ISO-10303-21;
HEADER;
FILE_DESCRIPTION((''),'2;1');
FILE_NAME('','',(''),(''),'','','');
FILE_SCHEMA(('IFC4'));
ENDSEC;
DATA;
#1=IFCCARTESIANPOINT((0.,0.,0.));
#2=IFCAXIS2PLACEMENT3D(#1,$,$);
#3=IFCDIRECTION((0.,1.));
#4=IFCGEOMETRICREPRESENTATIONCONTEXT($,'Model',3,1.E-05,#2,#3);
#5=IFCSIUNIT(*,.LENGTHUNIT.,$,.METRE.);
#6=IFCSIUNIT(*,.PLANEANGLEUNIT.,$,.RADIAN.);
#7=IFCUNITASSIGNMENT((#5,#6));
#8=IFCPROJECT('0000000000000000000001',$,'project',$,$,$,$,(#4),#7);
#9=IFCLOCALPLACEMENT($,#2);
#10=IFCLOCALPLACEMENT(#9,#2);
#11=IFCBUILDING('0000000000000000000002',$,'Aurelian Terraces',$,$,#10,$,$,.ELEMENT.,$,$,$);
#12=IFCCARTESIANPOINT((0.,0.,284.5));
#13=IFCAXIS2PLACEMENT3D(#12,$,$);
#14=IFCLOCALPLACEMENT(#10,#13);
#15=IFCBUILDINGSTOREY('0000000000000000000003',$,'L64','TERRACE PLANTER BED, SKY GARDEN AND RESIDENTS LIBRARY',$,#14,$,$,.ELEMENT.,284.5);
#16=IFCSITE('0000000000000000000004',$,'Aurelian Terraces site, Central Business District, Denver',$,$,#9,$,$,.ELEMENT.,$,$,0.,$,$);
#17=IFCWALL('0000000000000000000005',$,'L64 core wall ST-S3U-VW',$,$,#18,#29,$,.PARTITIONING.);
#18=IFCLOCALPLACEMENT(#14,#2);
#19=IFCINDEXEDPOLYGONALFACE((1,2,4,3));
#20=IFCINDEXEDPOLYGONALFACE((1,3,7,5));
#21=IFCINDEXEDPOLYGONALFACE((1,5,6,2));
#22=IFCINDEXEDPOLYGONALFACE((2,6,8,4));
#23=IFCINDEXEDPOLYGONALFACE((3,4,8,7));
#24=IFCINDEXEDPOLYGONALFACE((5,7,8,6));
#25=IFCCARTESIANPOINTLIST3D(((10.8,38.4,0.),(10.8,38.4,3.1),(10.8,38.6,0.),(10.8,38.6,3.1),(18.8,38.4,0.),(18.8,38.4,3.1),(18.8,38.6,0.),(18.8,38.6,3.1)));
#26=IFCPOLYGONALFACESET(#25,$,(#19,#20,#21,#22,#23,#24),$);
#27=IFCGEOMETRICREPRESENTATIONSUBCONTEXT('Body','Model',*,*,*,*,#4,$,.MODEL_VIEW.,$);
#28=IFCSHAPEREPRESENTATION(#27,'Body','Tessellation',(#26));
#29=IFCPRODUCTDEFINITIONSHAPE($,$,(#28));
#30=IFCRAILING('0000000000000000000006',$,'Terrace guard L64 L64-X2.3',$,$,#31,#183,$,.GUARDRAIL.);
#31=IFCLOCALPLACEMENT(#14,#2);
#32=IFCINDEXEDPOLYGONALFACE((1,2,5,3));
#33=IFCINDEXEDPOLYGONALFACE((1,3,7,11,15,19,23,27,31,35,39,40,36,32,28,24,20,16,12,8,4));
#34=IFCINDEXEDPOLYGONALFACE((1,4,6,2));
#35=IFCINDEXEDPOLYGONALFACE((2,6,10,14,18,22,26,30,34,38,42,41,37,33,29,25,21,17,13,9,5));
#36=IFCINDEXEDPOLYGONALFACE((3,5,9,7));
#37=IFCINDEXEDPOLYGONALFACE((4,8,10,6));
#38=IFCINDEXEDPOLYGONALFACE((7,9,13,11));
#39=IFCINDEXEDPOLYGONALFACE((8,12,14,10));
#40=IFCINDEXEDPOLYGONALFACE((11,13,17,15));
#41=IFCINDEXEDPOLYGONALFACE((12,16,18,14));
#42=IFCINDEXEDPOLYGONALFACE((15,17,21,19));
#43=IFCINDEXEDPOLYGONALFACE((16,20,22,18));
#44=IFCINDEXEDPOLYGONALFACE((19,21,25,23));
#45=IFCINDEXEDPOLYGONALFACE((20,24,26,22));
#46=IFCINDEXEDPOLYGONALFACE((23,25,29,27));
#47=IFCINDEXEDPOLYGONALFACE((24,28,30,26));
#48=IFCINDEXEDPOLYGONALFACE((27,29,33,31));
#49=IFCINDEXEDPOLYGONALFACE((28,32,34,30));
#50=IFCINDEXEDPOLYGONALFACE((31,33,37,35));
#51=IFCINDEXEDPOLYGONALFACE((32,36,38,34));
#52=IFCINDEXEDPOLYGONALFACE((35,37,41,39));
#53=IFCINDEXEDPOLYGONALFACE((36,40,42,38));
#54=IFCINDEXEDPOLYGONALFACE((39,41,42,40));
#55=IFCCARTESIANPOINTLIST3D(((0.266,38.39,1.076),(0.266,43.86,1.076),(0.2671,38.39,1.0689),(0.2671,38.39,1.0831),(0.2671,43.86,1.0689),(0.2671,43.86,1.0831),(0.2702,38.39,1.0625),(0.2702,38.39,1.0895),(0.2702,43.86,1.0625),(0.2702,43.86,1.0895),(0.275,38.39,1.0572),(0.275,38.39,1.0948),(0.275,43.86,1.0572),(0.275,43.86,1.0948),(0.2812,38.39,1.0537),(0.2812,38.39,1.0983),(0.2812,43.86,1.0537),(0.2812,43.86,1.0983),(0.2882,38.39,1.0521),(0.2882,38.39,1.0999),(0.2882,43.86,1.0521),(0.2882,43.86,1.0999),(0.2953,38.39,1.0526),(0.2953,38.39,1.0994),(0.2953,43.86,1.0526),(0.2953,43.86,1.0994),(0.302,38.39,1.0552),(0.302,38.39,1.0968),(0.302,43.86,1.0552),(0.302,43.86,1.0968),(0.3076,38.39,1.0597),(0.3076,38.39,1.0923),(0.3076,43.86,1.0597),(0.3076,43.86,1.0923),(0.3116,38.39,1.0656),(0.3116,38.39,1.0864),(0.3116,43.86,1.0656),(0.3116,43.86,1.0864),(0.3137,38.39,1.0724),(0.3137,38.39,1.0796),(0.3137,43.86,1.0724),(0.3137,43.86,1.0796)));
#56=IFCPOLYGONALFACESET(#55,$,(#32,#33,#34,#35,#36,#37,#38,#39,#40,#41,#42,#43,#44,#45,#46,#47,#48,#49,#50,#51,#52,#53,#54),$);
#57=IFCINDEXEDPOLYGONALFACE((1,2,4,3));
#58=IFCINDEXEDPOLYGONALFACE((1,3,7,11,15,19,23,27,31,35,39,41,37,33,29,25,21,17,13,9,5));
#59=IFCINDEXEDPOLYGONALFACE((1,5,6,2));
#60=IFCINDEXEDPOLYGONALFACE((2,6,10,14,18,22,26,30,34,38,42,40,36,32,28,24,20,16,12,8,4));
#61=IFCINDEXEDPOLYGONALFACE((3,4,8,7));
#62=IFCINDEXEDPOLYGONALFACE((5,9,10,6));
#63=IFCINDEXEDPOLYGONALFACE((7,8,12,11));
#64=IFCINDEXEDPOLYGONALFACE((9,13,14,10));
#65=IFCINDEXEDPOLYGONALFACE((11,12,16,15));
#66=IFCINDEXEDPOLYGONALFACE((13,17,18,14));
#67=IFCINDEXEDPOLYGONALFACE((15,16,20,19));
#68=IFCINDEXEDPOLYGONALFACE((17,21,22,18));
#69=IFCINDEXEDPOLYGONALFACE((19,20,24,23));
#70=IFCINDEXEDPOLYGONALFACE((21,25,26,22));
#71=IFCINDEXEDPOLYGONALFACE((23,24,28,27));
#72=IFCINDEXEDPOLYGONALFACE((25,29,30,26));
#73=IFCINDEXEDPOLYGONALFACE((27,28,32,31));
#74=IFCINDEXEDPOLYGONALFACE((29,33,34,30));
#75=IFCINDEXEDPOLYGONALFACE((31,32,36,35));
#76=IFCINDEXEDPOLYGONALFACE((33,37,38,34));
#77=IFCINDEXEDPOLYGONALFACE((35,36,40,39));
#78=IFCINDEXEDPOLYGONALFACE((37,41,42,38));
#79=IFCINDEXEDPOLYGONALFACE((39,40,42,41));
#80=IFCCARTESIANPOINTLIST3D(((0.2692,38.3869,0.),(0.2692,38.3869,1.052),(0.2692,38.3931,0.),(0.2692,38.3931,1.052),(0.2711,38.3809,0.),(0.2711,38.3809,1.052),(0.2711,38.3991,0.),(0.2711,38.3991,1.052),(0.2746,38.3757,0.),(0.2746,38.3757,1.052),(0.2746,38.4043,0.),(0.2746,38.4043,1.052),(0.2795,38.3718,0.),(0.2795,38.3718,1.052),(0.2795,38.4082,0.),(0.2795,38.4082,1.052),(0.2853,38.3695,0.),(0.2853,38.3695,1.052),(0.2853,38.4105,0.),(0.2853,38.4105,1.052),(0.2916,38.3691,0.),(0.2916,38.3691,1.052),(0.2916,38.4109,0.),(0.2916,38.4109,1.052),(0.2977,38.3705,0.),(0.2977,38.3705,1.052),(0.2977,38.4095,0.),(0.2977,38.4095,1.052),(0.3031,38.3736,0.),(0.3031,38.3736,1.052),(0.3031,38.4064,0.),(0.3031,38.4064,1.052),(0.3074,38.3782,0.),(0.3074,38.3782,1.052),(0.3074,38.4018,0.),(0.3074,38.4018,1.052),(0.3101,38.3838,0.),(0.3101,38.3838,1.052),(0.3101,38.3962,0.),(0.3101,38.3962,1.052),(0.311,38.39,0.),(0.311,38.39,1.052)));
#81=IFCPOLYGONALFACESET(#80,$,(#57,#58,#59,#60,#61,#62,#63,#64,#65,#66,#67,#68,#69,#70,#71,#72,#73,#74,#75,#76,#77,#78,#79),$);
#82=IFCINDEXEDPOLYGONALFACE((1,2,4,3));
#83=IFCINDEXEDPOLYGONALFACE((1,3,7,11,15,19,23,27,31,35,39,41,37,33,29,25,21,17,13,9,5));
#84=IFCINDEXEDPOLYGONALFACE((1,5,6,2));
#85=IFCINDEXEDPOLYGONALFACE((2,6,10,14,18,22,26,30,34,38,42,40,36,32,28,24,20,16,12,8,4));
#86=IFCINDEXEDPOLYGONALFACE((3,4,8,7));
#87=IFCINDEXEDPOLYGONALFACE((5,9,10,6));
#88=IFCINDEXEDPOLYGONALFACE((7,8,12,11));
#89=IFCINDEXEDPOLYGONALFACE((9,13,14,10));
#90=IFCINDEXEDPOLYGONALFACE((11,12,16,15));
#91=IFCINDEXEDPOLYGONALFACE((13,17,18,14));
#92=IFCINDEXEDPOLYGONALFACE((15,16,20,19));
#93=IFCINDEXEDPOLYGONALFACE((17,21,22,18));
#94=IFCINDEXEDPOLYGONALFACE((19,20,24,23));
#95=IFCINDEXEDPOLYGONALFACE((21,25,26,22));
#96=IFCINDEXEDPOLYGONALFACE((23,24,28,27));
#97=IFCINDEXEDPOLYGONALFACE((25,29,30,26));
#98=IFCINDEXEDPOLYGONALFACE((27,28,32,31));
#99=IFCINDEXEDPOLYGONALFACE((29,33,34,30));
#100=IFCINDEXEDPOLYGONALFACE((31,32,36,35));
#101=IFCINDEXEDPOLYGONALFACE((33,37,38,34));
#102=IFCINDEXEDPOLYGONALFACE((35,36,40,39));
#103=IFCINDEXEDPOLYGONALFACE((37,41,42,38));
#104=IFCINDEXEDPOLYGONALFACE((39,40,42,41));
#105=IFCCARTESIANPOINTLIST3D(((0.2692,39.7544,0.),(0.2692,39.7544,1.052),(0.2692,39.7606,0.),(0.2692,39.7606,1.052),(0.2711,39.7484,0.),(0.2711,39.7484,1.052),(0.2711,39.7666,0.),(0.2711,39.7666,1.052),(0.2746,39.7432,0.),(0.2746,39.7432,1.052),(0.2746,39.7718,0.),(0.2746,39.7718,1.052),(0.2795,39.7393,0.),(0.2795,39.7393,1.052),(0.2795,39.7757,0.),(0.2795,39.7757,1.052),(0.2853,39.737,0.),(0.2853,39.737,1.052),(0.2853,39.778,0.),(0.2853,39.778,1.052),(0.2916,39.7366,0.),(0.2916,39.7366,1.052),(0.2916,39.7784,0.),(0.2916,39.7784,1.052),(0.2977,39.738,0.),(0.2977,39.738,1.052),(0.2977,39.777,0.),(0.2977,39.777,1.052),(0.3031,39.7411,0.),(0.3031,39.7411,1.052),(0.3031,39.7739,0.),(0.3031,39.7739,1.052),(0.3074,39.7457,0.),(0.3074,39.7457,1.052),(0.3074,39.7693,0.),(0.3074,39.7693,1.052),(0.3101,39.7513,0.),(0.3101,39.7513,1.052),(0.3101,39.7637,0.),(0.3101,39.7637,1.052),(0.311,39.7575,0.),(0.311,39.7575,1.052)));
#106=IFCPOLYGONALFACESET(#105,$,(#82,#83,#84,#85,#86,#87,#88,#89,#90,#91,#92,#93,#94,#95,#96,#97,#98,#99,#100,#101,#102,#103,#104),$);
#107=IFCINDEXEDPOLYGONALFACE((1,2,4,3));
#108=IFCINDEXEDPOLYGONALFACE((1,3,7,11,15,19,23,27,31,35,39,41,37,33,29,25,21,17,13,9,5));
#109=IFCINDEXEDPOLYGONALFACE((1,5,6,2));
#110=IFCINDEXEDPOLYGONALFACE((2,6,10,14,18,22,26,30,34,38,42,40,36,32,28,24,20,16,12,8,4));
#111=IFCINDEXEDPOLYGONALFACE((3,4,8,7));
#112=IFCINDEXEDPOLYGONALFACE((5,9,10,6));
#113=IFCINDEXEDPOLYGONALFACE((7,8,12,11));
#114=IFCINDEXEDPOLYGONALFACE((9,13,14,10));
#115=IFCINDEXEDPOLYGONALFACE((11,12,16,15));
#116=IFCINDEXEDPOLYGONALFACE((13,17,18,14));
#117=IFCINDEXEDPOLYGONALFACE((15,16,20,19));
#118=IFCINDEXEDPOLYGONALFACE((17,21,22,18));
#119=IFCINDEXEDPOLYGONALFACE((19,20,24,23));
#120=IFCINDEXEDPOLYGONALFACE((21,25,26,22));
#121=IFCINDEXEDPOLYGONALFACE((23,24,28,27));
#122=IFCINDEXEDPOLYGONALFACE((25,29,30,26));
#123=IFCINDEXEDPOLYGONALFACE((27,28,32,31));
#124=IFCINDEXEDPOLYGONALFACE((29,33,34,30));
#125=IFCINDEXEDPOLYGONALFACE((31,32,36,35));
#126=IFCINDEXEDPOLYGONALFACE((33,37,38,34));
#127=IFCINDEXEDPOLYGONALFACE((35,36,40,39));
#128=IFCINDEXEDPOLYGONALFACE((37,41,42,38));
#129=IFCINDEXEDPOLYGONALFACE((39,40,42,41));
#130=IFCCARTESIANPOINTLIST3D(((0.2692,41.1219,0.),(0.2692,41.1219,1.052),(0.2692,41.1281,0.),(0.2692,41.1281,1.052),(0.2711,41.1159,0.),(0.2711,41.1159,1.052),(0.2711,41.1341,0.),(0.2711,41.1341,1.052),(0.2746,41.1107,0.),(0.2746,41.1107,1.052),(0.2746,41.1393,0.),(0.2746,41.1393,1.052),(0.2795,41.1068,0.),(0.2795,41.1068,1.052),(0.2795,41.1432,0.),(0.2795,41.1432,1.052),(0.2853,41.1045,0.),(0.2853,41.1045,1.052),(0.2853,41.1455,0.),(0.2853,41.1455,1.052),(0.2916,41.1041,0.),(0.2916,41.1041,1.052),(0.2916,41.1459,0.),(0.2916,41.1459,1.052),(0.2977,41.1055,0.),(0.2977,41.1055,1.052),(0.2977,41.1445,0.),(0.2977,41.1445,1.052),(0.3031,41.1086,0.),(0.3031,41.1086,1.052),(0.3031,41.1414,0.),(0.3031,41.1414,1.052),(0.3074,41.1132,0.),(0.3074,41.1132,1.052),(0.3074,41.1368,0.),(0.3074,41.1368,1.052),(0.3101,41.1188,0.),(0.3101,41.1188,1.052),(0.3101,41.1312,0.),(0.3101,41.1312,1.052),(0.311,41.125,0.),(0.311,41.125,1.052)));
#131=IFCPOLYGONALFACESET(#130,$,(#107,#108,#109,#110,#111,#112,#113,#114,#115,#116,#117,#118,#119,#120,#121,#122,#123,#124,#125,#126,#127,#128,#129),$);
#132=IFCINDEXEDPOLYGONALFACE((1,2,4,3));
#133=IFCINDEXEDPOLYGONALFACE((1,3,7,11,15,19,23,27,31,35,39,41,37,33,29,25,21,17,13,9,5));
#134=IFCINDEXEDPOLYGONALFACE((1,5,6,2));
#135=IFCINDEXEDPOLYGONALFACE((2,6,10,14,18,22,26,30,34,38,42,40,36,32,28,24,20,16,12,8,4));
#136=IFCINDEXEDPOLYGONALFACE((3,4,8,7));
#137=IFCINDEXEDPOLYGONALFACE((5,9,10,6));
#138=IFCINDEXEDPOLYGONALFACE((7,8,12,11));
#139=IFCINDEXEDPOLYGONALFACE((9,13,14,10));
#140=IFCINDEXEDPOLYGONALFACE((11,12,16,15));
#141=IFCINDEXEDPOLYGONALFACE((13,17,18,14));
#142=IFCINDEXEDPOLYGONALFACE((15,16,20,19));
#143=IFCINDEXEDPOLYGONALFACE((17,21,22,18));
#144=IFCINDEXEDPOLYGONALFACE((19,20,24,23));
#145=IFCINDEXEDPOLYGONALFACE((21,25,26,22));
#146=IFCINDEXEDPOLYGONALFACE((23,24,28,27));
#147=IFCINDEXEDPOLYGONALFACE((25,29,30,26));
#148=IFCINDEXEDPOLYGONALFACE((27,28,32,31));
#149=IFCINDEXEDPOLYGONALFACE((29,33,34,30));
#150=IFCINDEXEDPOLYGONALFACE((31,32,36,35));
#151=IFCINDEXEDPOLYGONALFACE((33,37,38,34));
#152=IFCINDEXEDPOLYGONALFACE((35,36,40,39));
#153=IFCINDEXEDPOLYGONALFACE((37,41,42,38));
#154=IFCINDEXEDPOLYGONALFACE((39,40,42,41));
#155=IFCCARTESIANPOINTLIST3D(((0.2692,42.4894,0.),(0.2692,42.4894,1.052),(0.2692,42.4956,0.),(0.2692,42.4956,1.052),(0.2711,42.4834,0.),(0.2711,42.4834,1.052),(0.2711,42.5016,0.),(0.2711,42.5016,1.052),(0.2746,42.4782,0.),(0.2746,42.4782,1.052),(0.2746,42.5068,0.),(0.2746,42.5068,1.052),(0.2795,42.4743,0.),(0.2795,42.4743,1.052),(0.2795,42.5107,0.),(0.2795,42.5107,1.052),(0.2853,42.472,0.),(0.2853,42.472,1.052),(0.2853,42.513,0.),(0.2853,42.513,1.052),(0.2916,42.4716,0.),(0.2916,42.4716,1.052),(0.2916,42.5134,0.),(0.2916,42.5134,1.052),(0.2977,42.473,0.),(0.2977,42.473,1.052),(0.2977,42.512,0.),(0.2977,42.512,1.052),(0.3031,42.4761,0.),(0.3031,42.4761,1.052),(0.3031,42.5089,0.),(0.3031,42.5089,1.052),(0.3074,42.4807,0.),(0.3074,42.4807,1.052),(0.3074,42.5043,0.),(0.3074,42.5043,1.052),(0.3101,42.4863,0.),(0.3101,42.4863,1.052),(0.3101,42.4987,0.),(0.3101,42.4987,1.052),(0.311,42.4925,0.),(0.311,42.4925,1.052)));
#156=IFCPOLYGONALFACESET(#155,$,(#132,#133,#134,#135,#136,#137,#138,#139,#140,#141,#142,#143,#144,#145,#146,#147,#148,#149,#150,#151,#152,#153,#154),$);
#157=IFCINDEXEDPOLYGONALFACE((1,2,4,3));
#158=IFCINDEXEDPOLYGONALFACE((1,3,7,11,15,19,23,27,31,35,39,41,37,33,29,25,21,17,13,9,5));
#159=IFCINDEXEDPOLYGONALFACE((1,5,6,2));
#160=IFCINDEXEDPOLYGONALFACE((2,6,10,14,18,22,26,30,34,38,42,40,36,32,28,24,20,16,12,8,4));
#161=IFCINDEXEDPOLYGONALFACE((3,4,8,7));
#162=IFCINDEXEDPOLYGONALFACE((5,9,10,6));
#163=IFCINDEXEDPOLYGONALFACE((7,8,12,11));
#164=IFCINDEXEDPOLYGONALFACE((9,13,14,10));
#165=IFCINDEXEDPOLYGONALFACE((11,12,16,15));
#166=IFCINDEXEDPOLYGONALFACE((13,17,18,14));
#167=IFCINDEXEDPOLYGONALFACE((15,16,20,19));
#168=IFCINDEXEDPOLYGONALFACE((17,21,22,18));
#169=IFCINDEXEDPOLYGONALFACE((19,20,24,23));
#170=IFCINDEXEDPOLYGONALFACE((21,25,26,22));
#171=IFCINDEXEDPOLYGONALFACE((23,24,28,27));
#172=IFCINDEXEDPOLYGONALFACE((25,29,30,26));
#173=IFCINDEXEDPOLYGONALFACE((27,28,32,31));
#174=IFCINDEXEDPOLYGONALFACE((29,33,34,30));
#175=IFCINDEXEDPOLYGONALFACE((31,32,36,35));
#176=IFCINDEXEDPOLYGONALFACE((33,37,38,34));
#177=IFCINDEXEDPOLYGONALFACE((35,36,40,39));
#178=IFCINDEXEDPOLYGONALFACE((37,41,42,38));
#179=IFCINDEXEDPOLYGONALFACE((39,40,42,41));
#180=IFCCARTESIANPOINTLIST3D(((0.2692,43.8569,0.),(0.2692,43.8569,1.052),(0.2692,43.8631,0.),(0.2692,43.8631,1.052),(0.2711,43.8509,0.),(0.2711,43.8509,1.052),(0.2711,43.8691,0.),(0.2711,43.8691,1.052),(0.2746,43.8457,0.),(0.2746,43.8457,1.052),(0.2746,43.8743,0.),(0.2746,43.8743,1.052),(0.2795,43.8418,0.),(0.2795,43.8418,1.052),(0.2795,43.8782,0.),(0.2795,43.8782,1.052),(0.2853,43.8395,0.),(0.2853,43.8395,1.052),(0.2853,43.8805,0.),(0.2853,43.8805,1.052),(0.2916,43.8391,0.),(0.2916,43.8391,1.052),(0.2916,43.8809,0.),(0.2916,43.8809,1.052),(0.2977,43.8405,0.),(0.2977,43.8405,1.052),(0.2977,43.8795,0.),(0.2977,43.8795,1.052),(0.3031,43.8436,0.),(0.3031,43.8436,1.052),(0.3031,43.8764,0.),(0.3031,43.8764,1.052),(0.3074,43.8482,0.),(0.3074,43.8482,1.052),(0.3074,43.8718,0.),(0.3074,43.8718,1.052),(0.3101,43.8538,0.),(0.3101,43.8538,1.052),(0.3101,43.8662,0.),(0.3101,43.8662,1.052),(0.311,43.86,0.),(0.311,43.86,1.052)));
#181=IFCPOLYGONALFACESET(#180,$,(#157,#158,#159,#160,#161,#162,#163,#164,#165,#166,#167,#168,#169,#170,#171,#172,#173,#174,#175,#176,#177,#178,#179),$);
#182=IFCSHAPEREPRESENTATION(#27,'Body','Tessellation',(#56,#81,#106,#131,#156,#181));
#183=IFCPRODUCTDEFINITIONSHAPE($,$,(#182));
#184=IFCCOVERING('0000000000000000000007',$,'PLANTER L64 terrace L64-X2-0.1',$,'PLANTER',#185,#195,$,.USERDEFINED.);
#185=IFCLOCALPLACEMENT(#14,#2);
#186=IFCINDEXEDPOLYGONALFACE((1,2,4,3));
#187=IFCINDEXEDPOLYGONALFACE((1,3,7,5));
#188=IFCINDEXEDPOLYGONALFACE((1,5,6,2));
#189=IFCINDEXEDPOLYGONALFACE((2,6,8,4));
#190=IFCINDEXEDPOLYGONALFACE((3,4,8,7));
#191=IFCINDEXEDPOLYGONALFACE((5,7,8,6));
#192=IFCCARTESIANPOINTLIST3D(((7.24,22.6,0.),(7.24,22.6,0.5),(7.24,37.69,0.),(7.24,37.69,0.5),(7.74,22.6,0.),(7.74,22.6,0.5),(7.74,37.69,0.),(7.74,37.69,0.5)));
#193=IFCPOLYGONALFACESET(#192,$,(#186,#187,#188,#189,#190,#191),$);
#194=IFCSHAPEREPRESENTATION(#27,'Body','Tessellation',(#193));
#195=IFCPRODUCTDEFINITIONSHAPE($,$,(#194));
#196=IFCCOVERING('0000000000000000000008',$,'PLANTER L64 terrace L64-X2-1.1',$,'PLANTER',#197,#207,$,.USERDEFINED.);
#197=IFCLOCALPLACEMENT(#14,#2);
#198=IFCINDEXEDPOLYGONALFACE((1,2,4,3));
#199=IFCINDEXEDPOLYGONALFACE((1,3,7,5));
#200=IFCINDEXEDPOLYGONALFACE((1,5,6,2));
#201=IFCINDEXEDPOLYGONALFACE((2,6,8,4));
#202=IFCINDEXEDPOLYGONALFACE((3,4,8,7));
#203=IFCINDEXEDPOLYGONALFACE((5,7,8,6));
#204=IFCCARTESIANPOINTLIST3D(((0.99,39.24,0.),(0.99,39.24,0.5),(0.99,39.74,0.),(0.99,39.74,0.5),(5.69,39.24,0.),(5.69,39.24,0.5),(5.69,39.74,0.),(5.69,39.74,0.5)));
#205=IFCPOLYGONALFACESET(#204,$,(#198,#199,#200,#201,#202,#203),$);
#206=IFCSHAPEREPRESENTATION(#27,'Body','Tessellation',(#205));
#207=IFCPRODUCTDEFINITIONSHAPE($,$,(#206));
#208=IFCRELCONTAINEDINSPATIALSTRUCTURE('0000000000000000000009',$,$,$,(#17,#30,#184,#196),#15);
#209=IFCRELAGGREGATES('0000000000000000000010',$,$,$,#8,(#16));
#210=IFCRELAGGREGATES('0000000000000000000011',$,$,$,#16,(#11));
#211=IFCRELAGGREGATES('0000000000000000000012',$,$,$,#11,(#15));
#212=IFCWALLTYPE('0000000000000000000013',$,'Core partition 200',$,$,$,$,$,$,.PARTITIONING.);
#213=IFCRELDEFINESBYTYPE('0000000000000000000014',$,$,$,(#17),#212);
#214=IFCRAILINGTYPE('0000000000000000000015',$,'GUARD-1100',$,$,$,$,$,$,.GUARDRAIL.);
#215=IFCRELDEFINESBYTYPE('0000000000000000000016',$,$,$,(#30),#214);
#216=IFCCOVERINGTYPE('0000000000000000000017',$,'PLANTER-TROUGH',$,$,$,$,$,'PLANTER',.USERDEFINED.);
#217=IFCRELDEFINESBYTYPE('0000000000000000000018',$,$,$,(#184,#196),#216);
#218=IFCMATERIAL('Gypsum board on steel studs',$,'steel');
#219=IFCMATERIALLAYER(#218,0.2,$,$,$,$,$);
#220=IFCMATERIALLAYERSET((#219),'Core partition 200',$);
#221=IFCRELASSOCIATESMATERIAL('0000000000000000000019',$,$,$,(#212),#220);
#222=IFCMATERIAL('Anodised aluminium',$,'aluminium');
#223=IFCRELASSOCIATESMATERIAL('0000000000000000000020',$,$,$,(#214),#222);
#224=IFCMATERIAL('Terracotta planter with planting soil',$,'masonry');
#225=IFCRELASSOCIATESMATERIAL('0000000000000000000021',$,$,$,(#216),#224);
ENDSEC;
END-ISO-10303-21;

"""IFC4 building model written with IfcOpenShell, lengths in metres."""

from ifc_helpers import new_model, si_unit, direction, frame, frame_2d, origin, origin_2d, place, context, subcontext, project, spatial, rectangle, circle, extrude, source, transform, mapped, material, layer, layer_set, type_object, element, save


model = new_model("IFC4")

# Units and contexts
model_context = context("Model", 3, precision=1e-05, world=origin(), true_north=direction((0.0, 1.0)))
body_context = subcontext(model_context, "Body", "Model", "MODEL_VIEW")
ifc_project = project(units=[si_unit("LENGTHUNIT", "METRE"), si_unit("PLANEANGLEUNIT", "RADIAN")], contexts=[model_context])

# Site, building, storey
site_placement = place(None, origin())
site = spatial("IfcSite", under=ifc_project, at=site_placement, Name="Aurelian Terraces site, Central Business District, Denver", CompositionType="ELEMENT", RefElevation=0.0)
building_placement = place(site_placement, origin())
building = spatial("IfcBuilding", under=site, at=building_placement, Name="Aurelian Terraces", CompositionType="ELEMENT")
storey_placement = place(building_placement, frame((0.0, 0.0, 284.5)))
storey = spatial("IfcBuildingStorey", under=building, at=storey_placement, Name="L64", Description="TERRACE PLANTER BED, SKY GARDEN AND RESIDENTS LIBRARY", CompositionType="ELEMENT", Elevation=284.5)

# Wall
ifc_material_1 = material(Name="Gypsum board on steel studs", Category="steel")
ifc_layer_1 = layer(ifc_material_1, 0.2)
ifc_layer_set_1 = layer_set([ifc_layer_1], Name="Core partition 200")
wall_type_1 = type_object("IfcWallType", Name="Core partition 200", PredefinedType="PARTITIONING", material=ifc_layer_set_1)
shared_shape_1 = source(origin(), body_context, "Body", "SweptSolid", [
    extrude(rectangle(XDim=8.0, YDim=0.2, at=frame_2d((4.0, 0.0))), origin(), (0.0, 0.0, 1.0), 3.1),
])
wall_1_placement = place(storey_placement, frame((10.8, 38.5, 0.0), z_axis=(0.0, 0.0, 1.0), x_axis=(1.0, 0.0, 0.0)))
element("IfcWall", 1, at=wall_1_placement, inside=storey, type_object=wall_type_1, Name="L64 core wall ST-S3U-VW", PredefinedType="PARTITIONING", context=body_context, shape_type="MappedRepresentation", body=[
    mapped(shared_shape_1, transform((0.0, 0.0, 0.0), scale=1.0)),
])

# Railing
ifc_material_2 = material(Name="Anodised aluminium", Category="aluminium")
railing_type = type_object("IfcRailingType", Name="GUARD-1100", PredefinedType="GUARDRAIL", material=ifc_material_2)
railing_1_placement = place(storey_placement, frame((0.29, 38.39, 0.0)))
element("IfcRailing", 2, at=railing_1_placement, inside=storey, type_object=railing_type, Name="Terrace guard L64 L64-X2.3", PredefinedType="GUARDRAIL", context=body_context, shape_type="SweptSolid", body=[
    extrude(circle(Radius=0.024, at=origin_2d()), frame((0.0, 0.0, 1.076), z_axis=(0.0, 1.0, 0.0), x_axis=(-1.0, 0.0, 0.0)), (0.0, 0.0, 1.0), 5.47),
    extrude(circle(Radius=0.021, at=origin_2d()), origin(), (0.0, 0.0, 1.0), 1.052),
    extrude(circle(Radius=0.021, at=origin_2d()), frame((0.0, 1.3675, 0.0)), (0.0, 0.0, 1.0), 1.052),
    extrude(circle(Radius=0.021, at=origin_2d()), frame((0.0, 2.735, 0.0)), (0.0, 0.0, 1.0), 1.052),
    extrude(circle(Radius=0.021, at=origin_2d()), frame((0.0, 4.1025, 0.0)), (0.0, 0.0, 1.0), 1.052),
    extrude(circle(Radius=0.021, at=origin_2d()), frame((0.0, 5.47, 0.0)), (0.0, 0.0, 1.0), 1.052),
])

# Coverings
ifc_material_3 = material(Name="Terracotta planter with planting soil", Category="masonry")
covering_type_1 = type_object("IfcCoveringType", Name="PLANTER-TROUGH", ElementType="PLANTER", PredefinedType="USERDEFINED", material=ifc_material_3)
covering_1_placement = place(storey_placement, frame((7.49, 30.145, 0.0), z_axis=(0.0, 0.0, 1.0), x_axis=(1.0, 0.0, 0.0)))
element("IfcCovering", 3, at=covering_1_placement, inside=storey, type_object=covering_type_1, Name="PLANTER L64 terrace L64-X2-0.1", ObjectType="PLANTER", PredefinedType="USERDEFINED", context=body_context, shape_type="SweptSolid", body=[
    extrude(rectangle(XDim=0.5, YDim=15.09, at=origin_2d()), origin(), (0.0, 0.0, 1.0), 0.5),
])
covering_2_placement = place(storey_placement, frame((3.34, 39.49, 0.0), z_axis=(0.0, 0.0, 1.0), x_axis=(1.0, 0.0, 0.0)))
element("IfcCovering", 4, at=covering_2_placement, inside=storey, type_object=covering_type_1, Name="PLANTER L64 terrace L64-X2-1.1", ObjectType="PLANTER", PredefinedType="USERDEFINED", context=body_context, shape_type="SweptSolid", body=[
    extrude(rectangle(XDim=4.7, YDim=0.5, at=origin_2d()), origin(), (0.0, 0.0, 1.0), 0.5),
])

save(model, "model.ifc")
